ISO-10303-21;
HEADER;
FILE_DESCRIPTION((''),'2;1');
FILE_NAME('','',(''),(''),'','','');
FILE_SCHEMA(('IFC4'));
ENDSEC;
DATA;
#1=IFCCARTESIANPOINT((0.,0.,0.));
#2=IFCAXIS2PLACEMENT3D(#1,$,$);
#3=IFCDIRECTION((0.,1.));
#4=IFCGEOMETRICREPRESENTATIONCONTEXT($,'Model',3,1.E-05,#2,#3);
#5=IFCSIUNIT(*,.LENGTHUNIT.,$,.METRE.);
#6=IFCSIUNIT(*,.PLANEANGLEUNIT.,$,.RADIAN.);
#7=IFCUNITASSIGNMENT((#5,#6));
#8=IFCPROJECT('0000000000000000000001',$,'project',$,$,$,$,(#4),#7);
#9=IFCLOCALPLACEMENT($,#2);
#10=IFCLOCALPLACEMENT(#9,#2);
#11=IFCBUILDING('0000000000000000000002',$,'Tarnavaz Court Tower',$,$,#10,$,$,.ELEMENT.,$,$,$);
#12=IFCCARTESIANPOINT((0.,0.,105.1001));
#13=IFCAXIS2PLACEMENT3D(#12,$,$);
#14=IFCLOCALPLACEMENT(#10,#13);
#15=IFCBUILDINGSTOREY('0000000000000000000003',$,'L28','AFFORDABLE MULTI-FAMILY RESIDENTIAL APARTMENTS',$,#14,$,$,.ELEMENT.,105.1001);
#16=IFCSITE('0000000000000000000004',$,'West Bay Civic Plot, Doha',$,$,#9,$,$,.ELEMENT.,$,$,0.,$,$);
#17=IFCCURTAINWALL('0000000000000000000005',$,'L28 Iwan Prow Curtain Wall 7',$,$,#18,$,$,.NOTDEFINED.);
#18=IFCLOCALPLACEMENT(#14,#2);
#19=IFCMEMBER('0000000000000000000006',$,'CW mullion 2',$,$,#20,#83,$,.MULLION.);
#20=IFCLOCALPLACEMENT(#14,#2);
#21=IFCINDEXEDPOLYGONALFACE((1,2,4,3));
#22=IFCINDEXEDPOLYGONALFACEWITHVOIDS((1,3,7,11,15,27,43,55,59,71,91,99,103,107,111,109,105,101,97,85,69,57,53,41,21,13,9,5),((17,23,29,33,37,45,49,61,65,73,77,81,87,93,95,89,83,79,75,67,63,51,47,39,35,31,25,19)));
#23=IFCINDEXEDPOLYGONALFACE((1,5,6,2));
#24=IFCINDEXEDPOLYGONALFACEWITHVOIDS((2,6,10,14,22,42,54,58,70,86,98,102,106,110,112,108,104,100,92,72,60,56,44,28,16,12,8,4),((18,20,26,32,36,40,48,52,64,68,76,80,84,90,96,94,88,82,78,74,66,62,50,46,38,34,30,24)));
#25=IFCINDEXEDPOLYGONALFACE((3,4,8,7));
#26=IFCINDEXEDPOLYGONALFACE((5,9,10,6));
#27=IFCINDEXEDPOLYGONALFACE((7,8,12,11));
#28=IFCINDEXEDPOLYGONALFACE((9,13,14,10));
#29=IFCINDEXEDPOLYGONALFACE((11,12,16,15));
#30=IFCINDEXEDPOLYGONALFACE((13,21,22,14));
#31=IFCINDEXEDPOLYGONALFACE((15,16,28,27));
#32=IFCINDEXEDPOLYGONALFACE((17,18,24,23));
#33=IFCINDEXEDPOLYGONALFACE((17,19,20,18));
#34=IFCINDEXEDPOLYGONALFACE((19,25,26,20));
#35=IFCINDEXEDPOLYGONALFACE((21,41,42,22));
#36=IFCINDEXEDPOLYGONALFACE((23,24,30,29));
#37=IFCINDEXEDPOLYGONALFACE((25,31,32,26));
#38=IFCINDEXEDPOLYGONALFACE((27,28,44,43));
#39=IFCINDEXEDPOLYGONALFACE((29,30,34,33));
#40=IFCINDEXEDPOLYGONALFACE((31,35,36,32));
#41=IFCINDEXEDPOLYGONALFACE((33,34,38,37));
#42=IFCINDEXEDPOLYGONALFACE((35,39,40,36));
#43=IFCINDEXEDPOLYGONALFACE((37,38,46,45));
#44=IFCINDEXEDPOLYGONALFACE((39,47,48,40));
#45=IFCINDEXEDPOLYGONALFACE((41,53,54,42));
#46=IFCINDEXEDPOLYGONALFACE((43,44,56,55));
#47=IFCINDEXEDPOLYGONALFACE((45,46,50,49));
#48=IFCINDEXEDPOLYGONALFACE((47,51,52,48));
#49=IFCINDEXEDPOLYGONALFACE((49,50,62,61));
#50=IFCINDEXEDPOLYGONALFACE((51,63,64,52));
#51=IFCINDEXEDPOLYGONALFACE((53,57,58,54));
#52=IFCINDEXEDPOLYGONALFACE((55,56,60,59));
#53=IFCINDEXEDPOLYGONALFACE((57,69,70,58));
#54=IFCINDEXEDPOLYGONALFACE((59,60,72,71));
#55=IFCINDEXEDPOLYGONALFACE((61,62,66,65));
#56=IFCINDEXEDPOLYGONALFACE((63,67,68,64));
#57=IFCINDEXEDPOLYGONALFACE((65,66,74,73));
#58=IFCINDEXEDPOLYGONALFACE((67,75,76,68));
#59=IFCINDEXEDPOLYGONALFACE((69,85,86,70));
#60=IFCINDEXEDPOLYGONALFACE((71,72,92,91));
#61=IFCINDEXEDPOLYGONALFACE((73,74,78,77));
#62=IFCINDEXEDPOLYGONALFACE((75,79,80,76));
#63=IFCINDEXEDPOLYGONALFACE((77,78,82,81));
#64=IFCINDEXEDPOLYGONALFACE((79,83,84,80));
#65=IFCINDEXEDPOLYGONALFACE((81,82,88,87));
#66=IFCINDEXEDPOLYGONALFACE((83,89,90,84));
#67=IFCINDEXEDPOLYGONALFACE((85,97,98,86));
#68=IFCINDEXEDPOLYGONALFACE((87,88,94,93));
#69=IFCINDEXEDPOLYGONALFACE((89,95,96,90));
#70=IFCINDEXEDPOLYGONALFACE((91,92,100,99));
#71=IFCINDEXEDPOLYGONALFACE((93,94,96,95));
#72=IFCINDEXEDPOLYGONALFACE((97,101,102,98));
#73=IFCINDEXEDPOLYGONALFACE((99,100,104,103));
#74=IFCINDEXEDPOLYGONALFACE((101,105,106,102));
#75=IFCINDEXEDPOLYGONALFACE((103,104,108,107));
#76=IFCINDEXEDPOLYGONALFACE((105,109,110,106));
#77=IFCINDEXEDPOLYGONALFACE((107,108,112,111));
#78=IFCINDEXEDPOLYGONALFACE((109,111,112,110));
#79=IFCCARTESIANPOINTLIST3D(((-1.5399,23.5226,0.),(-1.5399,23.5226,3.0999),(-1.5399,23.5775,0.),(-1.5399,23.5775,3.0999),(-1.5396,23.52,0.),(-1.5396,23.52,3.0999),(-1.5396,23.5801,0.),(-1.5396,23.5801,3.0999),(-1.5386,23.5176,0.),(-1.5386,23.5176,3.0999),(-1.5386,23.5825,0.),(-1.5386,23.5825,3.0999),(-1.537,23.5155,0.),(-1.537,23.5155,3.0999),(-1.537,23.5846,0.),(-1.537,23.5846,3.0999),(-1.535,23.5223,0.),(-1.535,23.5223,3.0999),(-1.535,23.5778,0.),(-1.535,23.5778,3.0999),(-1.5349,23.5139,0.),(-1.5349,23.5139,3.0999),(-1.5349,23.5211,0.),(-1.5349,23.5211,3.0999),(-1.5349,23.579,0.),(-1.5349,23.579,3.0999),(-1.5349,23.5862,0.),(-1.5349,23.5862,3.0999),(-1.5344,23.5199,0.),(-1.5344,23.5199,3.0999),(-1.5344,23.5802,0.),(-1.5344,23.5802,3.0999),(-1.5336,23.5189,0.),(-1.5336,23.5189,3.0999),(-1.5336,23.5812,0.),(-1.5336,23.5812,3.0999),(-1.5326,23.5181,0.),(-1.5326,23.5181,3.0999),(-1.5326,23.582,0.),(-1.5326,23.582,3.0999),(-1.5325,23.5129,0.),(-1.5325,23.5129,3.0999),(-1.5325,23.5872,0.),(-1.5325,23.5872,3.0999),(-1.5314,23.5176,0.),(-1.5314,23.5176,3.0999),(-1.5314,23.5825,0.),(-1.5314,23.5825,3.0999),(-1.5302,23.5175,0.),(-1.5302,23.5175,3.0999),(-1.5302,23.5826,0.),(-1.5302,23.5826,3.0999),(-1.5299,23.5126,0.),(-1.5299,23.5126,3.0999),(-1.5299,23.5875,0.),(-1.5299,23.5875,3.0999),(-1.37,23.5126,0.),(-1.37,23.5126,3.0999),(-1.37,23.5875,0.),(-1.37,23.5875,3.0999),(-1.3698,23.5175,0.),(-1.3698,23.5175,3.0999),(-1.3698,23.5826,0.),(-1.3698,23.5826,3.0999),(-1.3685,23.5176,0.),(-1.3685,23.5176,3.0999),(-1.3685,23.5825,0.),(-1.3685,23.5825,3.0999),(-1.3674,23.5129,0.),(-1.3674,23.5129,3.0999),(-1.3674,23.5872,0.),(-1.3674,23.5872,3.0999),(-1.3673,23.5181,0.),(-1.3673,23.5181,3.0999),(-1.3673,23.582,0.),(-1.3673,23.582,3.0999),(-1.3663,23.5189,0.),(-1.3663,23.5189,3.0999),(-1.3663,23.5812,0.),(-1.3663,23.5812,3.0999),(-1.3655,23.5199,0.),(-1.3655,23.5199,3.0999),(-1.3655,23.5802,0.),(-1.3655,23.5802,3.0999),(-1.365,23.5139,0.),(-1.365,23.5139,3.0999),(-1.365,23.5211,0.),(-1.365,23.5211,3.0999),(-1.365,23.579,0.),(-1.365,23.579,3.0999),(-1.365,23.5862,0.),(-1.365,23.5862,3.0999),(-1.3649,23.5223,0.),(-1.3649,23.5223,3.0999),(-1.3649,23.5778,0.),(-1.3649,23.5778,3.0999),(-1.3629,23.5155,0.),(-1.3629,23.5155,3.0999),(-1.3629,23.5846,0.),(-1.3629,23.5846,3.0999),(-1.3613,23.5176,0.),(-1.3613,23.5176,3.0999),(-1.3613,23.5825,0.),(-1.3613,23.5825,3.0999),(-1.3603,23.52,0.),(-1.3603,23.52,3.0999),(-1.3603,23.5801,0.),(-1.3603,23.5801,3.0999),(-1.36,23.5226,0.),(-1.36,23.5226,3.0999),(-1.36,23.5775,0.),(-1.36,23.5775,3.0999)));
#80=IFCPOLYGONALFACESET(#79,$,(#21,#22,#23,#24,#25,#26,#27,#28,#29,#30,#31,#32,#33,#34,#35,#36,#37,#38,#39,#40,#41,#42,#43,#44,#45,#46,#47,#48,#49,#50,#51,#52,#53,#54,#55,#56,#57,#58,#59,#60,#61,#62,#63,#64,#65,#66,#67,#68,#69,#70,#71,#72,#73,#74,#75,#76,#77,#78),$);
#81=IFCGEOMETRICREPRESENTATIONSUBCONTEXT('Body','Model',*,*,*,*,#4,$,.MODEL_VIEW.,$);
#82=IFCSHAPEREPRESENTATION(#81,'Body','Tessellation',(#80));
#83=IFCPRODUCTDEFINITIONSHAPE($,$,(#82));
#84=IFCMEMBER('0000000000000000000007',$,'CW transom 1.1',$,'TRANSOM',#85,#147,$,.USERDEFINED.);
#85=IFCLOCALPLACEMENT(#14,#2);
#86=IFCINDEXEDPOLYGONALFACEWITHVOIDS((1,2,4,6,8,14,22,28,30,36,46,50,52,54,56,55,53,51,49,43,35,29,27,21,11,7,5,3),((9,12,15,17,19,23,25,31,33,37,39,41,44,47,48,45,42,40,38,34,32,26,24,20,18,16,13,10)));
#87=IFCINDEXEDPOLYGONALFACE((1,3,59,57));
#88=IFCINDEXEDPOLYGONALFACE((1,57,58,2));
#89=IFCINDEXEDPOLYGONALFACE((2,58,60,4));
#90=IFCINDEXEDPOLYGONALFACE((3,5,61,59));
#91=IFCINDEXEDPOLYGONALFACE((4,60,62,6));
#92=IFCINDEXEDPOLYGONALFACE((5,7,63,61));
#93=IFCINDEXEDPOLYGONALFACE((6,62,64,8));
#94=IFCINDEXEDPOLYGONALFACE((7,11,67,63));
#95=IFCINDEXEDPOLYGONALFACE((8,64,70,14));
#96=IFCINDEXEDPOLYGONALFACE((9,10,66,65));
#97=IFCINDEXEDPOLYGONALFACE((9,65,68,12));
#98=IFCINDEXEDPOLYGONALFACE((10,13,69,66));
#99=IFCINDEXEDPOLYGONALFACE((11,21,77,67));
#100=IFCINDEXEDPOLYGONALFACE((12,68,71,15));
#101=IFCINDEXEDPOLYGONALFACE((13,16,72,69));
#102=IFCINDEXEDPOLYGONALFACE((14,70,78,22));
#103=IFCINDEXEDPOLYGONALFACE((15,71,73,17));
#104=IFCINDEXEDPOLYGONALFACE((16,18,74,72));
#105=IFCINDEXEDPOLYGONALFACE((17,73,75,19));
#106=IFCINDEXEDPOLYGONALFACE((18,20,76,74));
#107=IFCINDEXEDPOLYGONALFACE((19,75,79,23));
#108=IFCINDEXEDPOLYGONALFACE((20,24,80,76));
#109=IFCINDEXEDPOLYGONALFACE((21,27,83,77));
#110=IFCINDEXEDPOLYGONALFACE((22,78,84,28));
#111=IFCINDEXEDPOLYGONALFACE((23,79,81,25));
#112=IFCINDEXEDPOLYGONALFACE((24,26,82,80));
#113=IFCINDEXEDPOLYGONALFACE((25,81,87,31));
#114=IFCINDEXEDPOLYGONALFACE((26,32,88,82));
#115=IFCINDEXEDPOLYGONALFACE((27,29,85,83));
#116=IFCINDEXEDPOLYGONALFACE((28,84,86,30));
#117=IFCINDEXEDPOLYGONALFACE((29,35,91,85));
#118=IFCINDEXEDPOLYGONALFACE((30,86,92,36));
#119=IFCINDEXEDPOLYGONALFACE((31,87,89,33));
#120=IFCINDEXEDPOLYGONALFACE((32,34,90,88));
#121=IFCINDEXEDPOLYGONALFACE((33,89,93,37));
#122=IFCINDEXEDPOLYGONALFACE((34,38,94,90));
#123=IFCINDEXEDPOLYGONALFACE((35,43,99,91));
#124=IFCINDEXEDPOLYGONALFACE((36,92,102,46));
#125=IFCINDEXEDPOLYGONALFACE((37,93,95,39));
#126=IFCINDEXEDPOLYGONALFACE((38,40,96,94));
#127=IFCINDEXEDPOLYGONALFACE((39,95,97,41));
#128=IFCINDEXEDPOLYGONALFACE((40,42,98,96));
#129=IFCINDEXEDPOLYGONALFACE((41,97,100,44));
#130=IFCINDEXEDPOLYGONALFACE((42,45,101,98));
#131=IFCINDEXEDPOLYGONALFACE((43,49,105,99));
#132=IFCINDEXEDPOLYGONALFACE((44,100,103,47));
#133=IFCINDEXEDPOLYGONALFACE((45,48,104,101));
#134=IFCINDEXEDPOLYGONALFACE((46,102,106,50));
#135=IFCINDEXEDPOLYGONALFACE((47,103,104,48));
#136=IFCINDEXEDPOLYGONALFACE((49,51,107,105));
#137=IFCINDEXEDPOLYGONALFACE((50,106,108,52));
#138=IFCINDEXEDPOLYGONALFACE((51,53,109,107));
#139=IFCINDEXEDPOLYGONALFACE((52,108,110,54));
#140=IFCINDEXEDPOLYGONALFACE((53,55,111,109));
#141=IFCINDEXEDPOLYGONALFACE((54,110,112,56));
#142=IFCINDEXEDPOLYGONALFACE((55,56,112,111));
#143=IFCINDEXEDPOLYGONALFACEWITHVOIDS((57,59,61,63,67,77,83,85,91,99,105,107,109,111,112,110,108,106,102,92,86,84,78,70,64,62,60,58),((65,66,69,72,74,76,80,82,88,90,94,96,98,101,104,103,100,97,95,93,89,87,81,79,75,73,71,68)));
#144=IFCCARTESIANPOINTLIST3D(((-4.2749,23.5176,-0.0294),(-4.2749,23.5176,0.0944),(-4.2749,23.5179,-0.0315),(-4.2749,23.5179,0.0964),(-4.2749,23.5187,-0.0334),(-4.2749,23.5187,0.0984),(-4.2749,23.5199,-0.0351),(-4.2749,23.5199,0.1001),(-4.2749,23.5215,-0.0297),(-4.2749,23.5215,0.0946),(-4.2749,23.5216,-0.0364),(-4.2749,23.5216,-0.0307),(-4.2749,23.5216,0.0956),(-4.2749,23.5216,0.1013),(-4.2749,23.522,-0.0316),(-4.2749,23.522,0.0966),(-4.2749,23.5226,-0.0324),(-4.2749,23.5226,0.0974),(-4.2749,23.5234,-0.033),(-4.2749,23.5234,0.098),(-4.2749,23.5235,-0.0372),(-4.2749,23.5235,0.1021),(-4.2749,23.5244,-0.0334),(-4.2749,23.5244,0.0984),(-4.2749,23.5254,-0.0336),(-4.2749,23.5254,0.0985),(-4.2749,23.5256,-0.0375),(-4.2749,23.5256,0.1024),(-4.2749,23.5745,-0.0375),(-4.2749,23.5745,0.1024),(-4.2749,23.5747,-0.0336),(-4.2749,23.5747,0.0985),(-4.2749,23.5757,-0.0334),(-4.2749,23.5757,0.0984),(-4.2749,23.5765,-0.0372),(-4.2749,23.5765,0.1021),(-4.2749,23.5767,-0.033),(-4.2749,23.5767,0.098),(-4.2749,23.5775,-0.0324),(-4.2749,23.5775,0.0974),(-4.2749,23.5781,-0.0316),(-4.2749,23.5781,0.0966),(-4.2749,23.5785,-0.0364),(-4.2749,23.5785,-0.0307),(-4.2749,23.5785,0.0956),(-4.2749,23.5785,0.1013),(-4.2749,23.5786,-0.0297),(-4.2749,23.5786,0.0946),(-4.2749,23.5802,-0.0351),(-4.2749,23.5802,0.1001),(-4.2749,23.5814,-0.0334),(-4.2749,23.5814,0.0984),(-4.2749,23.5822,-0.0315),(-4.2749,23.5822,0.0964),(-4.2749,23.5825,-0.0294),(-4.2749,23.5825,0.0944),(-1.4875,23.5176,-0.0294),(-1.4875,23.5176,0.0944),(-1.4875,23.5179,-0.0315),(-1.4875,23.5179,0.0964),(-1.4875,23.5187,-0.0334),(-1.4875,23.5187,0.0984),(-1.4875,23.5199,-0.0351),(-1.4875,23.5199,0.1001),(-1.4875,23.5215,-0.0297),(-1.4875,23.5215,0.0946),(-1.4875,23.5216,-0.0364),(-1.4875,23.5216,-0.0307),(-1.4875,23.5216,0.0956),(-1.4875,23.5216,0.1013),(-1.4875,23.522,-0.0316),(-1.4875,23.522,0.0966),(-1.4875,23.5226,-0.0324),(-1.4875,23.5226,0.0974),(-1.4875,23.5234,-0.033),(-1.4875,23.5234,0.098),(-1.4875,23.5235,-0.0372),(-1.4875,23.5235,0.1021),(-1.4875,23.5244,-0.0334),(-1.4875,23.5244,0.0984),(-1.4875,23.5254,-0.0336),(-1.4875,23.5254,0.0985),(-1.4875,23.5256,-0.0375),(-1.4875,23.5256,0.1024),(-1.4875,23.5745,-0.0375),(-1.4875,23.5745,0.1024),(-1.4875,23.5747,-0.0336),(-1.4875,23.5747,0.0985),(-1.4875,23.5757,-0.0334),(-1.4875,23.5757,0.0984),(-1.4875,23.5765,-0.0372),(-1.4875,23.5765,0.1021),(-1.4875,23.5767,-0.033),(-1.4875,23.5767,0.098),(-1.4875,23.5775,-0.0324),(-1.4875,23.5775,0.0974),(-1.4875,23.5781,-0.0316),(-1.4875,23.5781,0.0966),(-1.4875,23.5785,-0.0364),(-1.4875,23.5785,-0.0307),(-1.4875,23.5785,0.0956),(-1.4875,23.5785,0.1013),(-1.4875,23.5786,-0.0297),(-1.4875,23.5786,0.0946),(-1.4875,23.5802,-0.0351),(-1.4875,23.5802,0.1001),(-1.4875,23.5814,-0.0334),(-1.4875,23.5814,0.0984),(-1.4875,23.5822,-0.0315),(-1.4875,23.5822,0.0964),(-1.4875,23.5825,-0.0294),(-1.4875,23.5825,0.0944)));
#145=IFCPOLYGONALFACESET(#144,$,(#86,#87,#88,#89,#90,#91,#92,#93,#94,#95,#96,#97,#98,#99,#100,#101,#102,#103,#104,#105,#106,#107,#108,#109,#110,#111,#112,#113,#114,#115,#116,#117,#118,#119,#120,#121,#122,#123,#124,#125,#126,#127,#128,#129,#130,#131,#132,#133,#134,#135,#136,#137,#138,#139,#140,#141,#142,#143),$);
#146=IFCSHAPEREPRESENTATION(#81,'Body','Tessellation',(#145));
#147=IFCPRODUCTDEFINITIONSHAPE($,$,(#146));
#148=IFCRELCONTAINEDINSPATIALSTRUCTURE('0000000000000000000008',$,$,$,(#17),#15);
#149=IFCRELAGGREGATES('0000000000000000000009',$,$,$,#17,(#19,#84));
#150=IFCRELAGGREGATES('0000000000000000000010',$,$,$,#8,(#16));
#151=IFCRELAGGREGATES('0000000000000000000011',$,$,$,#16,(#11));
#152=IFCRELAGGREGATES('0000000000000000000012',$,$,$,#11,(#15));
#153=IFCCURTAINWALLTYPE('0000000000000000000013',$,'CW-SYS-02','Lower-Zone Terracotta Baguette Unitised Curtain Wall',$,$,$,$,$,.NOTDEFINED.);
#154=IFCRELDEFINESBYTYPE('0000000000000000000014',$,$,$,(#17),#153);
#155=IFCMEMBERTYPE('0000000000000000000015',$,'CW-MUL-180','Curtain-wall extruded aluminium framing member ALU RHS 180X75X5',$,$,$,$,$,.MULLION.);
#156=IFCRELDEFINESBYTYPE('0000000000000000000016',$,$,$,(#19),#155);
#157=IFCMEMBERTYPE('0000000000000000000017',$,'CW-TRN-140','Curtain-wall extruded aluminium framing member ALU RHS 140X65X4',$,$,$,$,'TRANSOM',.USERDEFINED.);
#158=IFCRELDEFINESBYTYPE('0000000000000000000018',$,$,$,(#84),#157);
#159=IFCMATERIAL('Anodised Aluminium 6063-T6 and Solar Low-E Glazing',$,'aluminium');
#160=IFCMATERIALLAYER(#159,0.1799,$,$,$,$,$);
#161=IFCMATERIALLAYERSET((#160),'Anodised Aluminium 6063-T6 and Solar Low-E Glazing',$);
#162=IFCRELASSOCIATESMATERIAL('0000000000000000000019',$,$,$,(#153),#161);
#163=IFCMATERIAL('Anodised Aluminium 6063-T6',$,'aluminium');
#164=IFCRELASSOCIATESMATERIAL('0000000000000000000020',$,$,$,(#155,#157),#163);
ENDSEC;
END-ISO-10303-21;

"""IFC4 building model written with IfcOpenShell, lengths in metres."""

from ifc_helpers import new_model, si_unit, direction, frame, origin, origin_2d, place, context, subcontext, project, spatial, hollow_rectangle, extrude, material, layer, layer_set, material_profile, profile_set, type_object, element, aggregate, save


model = new_model("IFC4")

# Units and contexts
model_context = context("Model", 3, precision=1e-05, world=origin(), true_north=direction((0.0, 1.0)))
body_context = subcontext(model_context, "Body", "Model", "MODEL_VIEW")
ifc_project = project(units=[si_unit("LENGTHUNIT", "METRE"), si_unit("PLANEANGLEUNIT", "RADIAN")], contexts=[model_context])

# Site, building, storey
site_placement = place(None, origin())
site = spatial("IfcSite", under=ifc_project, at=site_placement, Name="West Bay Civic Plot, Doha", CompositionType="ELEMENT", RefElevation=0.0)
building_placement = place(site_placement, origin())
building = spatial("IfcBuilding", under=site, at=building_placement, Name="Tarnavaz Court Tower", CompositionType="ELEMENT")
storey_placement = place(building_placement, frame((0.0, 0.0, 105.1001)))
storey = spatial("IfcBuildingStorey", under=building, at=storey_placement, Name="L28", Description="AFFORDABLE MULTI-FAMILY RESIDENTIAL APARTMENTS", CompositionType="ELEMENT", Elevation=105.1001)

# Curtain wall, members
ifc_material_1 = material(Name="Anodised Aluminium 6063-T6 and Solar Low-E Glazing", Category="aluminium")
ifc_layer_1 = layer(ifc_material_1, 0.1799)
ifc_layer_set_1 = layer_set([ifc_layer_1], Name="Anodised Aluminium 6063-T6 and Solar Low-E Glazing")
curtain_wall_type = type_object("IfcCurtainWallType", Name="CW-SYS-02", Description="Lower-Zone Terracotta Baguette Unitised Curtain Wall", PredefinedType="NOTDEFINED", material=ifc_layer_set_1)
curtain_wall_placement = place(storey_placement, origin())
curtain_wall = element("IfcCurtainWall", 1, at=curtain_wall_placement, inside=storey, type_object=curtain_wall_type, Name="L28 Iwan Prow Curtain Wall 7", PredefinedType="NOTDEFINED")
ifc_material_2 = material(Name="Anodised Aluminium 6063-T6", Category="aluminium")
ifc_material_profile_1 = material_profile(ifc_material_2, hollow_rectangle(XDim=0.075, YDim=0.1799, WallThickness=0.0049, InnerFilletRadius=0.0049, OuterFilletRadius=0.01, at=origin_2d()), Name="ALU RHS 180X75X5")
ifc_profile_set_1 = profile_set([ifc_material_profile_1], Name="Anodised Aluminium 6063-T6")
member_type_1 = type_object("IfcMemberType", Name="CW-MUL-180", Description="Curtain-wall extruded aluminium framing member ALU RHS 180X75X5", PredefinedType="MULLION", material=ifc_profile_set_1)
member_1_placement = place(storey_placement, frame((-1.45, 23.55, 0.0), z_axis=(0.0, 0.0, 1.0), x_axis=(0.0, 1.0, 0.0)))
member_1 = element("IfcMember", 2, at=member_1_placement, type_object=member_type_1, Name="CW mullion 2", PredefinedType="MULLION", context=body_context, shape_type="SweptSolid", body=[
    extrude(hollow_rectangle(XDim=0.075, YDim=0.1799, WallThickness=0.0049, InnerFilletRadius=0.0049, OuterFilletRadius=0.01, at=origin_2d()), origin(), (0.0, 0.0, 1.0), 3.0999),
])
ifc_material_profile_2 = material_profile(ifc_material_2, hollow_rectangle(XDim=0.0649, YDim=0.1399, WallThickness=0.0039, InnerFilletRadius=0.0039, OuterFilletRadius=0.0081, at=origin_2d()), Name="ALU RHS 140X65X4")
ifc_profile_set_2 = profile_set([ifc_material_profile_2], Name="Anodised Aluminium 6063-T6")
member_type_2 = type_object("IfcMemberType", Name="CW-TRN-140", Description="Curtain-wall extruded aluminium framing member ALU RHS 140X65X4", ElementType="TRANSOM", PredefinedType="USERDEFINED", material=ifc_profile_set_2)
member_2_placement = place(storey_placement, frame((-4.2749, 23.55, 0.0325), z_axis=(1.0, 0.0, 0.0), x_axis=(0.0, 1.0, 0.0)))
member_2 = element("IfcMember", 3, at=member_2_placement, type_object=member_type_2, Name="CW transom 1.1", ObjectType="TRANSOM", PredefinedType="USERDEFINED", context=body_context, shape_type="SweptSolid", body=[
    extrude(hollow_rectangle(XDim=0.0649, YDim=0.1399, WallThickness=0.0039, InnerFilletRadius=0.0039, OuterFilletRadius=0.0081, at=origin_2d()), origin(), (0.0, 0.0, 1.0), 2.7874),
])
aggregate(curtain_wall, [member_1, member_2])

save(model, "model.ifc")
